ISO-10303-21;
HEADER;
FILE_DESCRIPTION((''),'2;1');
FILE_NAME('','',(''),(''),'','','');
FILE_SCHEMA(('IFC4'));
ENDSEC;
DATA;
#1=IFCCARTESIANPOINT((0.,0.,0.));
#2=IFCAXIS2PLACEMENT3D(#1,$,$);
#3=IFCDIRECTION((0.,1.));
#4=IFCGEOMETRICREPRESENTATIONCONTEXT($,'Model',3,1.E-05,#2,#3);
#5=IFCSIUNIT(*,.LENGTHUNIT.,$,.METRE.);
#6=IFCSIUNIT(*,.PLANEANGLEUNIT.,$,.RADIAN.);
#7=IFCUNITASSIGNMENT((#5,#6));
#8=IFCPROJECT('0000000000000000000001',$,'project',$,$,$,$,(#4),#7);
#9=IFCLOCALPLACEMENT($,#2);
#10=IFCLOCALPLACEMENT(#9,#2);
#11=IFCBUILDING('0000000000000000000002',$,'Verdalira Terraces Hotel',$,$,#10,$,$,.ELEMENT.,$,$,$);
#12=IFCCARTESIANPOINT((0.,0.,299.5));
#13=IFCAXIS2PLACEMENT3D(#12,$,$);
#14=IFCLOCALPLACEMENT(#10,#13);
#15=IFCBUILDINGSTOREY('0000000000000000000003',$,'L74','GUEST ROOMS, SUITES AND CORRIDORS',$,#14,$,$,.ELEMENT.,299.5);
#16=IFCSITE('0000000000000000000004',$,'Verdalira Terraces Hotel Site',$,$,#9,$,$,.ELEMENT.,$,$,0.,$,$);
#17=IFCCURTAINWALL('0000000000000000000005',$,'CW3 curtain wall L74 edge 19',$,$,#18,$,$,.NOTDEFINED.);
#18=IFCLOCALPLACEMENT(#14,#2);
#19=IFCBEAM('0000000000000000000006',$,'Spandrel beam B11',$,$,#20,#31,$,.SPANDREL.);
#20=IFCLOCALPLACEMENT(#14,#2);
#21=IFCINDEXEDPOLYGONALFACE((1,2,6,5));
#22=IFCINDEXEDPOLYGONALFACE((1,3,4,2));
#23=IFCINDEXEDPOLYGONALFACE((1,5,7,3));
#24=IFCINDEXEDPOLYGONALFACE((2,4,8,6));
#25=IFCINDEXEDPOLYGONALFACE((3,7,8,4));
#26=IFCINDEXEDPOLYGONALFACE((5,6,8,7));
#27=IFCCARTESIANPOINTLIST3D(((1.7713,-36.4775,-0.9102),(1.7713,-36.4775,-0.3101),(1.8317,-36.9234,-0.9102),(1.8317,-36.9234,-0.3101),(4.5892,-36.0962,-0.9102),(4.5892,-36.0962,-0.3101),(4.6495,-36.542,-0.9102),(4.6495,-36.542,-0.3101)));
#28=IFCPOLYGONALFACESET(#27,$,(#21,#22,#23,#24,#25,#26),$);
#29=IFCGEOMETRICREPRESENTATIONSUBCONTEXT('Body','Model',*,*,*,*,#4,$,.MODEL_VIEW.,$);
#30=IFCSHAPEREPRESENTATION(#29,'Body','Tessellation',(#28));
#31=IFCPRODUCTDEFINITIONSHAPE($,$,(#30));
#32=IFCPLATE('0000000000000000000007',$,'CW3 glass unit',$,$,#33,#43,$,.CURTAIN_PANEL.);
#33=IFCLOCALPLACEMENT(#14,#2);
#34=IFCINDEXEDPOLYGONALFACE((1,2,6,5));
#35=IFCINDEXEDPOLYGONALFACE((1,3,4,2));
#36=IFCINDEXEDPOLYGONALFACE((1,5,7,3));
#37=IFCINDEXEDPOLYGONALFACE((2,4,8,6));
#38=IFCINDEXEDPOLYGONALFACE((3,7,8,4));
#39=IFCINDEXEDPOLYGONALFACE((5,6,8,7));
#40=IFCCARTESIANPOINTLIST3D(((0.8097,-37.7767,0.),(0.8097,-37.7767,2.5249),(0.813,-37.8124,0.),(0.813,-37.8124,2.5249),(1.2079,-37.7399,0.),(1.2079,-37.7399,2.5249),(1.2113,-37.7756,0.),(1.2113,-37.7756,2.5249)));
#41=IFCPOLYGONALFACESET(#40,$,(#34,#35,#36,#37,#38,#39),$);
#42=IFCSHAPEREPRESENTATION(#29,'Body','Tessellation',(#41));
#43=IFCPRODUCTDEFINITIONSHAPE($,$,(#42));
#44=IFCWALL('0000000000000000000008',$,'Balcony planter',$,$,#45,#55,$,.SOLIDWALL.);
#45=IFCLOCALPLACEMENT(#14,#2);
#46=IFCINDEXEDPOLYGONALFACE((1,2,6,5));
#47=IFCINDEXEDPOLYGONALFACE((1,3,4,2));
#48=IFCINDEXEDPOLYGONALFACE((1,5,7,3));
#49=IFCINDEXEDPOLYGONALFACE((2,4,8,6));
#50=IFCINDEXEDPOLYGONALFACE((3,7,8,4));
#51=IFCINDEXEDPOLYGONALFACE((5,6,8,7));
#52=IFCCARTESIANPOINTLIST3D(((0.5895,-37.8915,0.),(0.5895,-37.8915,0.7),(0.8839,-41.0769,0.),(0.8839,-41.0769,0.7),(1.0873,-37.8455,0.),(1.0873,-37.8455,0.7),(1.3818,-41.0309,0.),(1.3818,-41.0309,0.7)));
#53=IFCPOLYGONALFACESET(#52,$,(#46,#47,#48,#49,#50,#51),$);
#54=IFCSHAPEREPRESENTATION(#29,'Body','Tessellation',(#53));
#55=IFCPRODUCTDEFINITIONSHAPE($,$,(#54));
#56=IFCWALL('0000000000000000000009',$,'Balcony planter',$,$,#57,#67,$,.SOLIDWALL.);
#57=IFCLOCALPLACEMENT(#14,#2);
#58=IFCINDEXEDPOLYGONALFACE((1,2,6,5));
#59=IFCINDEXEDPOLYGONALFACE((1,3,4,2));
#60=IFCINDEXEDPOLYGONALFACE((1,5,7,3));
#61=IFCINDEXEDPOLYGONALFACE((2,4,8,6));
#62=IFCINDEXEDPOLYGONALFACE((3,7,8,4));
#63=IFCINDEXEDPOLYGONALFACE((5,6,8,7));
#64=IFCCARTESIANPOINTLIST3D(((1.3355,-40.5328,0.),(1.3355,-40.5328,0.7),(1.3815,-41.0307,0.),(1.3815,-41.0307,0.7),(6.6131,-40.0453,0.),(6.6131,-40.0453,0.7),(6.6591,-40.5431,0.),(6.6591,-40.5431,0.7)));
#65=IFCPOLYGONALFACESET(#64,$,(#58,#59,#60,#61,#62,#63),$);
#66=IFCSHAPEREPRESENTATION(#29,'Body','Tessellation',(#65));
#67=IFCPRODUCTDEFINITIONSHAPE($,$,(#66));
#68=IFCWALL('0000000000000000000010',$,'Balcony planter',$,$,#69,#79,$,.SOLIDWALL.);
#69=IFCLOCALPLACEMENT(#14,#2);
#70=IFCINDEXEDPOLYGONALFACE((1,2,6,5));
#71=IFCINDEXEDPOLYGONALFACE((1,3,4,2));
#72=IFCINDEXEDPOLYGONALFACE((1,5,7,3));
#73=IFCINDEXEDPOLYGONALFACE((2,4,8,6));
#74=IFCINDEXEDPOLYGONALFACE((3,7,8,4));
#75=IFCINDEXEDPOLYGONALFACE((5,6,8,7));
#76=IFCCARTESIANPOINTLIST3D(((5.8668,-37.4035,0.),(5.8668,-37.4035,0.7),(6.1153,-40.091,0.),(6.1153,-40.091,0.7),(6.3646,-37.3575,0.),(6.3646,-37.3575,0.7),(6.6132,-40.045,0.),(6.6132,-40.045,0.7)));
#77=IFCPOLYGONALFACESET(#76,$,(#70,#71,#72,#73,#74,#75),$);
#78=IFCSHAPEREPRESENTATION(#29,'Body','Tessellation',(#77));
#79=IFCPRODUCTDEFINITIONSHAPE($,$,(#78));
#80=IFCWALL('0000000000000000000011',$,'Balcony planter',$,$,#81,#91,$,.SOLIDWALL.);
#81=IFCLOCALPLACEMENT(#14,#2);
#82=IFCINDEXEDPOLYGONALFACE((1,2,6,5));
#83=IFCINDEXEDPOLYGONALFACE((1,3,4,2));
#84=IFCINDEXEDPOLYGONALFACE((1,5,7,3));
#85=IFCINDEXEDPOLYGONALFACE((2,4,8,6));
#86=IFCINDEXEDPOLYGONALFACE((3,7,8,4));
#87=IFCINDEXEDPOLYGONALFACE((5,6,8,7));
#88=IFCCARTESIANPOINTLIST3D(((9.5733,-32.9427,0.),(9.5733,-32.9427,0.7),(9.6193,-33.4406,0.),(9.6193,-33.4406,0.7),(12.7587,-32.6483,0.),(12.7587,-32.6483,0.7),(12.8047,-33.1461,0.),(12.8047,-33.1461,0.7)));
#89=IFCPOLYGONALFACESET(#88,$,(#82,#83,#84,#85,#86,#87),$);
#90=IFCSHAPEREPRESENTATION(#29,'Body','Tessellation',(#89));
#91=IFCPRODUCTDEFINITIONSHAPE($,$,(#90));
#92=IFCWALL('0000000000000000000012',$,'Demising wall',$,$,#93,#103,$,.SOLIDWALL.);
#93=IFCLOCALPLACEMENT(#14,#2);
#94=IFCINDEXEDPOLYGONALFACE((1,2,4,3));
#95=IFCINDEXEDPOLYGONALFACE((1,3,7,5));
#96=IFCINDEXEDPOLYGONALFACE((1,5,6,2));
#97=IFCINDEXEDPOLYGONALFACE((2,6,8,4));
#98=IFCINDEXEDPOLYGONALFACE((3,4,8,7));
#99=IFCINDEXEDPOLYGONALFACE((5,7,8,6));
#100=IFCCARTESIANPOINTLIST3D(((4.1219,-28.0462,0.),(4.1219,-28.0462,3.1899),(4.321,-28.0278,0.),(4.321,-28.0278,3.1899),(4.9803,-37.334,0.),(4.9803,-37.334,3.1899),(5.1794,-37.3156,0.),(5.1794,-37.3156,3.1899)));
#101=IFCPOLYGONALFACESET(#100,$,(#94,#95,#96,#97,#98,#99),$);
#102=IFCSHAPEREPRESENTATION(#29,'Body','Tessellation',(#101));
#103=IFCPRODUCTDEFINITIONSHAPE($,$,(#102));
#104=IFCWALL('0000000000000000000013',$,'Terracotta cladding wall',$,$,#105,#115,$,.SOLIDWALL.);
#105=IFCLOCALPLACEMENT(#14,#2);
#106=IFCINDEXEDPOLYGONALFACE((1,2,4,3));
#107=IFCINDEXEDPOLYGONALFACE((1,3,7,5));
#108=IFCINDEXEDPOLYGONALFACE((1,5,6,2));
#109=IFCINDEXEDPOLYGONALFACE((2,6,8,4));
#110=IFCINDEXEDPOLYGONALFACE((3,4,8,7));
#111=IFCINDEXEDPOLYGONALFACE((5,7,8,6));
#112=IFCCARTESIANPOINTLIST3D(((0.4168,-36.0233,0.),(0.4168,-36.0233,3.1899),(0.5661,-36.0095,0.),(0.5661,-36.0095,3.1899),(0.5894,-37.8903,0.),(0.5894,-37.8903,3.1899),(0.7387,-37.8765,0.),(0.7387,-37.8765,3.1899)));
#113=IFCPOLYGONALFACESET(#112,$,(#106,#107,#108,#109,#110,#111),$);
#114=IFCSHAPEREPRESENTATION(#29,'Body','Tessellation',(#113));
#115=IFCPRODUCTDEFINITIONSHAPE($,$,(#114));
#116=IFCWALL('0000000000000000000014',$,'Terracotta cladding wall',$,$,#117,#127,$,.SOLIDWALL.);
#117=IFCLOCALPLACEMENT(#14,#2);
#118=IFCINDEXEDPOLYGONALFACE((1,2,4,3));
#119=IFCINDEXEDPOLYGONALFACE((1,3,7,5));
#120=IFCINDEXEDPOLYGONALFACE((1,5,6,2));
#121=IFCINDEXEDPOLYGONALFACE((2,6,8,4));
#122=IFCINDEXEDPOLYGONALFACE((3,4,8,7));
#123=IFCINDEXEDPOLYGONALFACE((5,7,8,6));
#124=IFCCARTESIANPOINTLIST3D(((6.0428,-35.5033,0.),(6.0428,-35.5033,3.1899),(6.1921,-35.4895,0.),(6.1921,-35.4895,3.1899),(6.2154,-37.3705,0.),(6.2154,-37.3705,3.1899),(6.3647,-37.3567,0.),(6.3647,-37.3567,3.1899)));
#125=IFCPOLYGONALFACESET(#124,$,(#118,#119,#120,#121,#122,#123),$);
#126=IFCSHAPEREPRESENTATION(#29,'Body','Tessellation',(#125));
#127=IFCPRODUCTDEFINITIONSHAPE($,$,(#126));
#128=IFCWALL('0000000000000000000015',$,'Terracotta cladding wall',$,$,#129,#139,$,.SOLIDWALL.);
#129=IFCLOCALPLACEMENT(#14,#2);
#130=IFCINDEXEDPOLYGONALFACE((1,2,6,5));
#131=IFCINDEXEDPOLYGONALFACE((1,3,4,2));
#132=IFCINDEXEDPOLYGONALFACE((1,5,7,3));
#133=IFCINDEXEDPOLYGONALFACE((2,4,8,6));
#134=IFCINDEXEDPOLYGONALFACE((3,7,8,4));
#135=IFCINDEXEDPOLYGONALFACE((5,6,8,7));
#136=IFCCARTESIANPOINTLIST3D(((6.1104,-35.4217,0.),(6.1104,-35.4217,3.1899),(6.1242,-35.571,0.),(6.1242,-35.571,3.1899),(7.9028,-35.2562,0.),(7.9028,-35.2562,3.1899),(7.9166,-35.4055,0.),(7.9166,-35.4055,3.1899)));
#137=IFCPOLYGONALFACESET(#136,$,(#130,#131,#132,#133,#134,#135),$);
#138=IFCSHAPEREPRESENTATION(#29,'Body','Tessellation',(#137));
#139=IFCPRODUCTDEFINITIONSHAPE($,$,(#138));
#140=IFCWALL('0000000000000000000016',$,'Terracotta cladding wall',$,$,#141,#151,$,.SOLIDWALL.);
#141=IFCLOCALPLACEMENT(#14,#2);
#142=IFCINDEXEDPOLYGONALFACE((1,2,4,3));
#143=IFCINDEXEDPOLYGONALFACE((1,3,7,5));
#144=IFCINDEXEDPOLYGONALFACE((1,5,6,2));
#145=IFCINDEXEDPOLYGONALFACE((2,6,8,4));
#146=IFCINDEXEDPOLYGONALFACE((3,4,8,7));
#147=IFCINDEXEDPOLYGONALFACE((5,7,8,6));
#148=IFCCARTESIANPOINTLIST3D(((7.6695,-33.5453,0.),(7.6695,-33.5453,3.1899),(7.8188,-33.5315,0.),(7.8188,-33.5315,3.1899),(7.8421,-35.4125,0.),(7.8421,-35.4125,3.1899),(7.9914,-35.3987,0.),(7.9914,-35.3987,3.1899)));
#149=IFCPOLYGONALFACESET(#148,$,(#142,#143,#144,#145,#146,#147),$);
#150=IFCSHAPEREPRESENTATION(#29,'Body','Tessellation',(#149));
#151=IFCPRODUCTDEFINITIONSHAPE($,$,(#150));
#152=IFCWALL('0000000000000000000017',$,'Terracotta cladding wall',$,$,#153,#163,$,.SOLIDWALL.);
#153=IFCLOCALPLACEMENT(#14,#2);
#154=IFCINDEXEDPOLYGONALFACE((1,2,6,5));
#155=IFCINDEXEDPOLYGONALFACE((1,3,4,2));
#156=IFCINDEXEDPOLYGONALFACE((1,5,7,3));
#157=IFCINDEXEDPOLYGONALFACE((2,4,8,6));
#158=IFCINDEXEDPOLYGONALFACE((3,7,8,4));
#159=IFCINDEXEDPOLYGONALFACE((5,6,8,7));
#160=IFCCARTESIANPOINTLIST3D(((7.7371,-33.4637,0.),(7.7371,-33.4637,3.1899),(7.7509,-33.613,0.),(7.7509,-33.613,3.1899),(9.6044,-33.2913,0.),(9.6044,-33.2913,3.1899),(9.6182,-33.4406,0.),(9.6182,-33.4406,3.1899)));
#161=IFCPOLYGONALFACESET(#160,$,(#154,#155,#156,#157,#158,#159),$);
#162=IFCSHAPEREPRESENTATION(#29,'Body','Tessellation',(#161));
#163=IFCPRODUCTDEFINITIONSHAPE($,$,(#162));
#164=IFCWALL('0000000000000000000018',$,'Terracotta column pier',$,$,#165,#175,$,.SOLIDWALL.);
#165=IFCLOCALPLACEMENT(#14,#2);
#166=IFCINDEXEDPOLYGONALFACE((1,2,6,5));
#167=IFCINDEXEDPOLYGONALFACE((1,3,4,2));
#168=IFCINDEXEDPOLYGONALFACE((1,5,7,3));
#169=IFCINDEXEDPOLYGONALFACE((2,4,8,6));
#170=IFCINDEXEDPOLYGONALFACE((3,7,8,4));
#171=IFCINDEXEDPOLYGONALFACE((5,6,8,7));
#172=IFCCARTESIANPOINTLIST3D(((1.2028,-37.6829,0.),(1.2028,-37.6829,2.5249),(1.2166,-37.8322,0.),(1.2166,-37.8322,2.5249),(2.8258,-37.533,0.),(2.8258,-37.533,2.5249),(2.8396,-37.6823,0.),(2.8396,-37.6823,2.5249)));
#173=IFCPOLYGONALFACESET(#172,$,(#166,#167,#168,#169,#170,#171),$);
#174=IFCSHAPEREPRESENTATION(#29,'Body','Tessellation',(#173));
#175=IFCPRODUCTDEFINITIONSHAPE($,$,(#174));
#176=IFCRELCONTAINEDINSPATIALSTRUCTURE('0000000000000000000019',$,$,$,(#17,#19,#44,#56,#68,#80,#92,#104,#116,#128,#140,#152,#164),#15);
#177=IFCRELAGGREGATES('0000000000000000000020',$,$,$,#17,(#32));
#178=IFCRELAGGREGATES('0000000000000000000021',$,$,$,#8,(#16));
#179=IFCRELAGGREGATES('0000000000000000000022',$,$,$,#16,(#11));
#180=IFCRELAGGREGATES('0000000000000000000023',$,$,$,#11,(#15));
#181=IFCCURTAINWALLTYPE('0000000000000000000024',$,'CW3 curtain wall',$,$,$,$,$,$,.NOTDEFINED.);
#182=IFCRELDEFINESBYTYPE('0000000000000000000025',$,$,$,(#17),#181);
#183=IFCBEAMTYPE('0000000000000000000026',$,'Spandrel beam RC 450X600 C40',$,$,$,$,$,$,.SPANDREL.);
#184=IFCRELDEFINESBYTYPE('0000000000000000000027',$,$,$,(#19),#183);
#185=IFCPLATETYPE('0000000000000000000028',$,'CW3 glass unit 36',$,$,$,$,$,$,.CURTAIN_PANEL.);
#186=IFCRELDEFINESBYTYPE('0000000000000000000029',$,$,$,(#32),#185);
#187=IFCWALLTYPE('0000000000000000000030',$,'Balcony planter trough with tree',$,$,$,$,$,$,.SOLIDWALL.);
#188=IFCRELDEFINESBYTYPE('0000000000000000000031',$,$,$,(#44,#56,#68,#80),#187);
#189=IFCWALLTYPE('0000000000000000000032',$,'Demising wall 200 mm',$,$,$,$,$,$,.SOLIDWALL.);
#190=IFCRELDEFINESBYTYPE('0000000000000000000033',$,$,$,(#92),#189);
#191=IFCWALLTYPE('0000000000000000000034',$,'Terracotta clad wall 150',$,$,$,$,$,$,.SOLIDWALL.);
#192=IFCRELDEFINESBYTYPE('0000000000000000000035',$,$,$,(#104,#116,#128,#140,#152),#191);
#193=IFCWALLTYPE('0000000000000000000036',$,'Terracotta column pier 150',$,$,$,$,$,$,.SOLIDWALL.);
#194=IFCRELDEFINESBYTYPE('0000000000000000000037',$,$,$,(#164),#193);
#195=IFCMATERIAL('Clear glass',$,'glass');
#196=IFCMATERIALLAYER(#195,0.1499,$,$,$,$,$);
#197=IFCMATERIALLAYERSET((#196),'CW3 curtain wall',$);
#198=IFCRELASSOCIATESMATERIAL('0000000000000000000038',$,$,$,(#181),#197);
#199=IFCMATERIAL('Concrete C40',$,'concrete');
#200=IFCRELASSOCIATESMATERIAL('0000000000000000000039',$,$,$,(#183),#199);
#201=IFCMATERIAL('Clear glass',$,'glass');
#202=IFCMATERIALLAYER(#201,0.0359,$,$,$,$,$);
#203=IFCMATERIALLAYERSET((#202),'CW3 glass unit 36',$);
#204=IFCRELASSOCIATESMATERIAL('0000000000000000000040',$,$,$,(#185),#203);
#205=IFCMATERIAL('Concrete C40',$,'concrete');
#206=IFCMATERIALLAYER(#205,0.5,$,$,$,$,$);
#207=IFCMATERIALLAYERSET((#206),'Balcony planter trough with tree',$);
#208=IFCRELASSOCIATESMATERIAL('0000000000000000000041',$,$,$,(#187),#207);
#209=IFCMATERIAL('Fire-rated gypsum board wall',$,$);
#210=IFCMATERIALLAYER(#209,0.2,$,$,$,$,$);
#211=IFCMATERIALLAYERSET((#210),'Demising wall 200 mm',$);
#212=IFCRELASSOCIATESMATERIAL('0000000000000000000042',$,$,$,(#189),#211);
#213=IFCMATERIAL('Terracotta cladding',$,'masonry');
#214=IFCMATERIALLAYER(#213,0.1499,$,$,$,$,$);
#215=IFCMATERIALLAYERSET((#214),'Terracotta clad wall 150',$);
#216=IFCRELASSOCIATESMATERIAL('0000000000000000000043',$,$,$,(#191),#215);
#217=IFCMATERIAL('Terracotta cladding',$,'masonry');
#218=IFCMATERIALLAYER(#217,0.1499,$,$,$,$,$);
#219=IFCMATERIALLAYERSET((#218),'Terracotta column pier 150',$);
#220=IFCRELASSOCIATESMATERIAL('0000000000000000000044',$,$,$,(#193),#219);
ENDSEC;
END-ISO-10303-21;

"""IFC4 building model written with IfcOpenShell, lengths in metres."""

from ifc_helpers import new_model, si_unit, direction, frame, frame_2d, origin, origin_2d, place, context, subcontext, project, spatial, rectangle, extrude, material, layer, layer_set, material_profile, profile_set, type_object, element, aggregate, save


model = new_model("IFC4")

# Units and contexts
model_context = context("Model", 3, precision=1e-05, world=origin(), true_north=direction((0.0, 1.0)))
body_context = subcontext(model_context, "Body", "Model", "MODEL_VIEW")
ifc_project = project(units=[si_unit("LENGTHUNIT", "METRE"), si_unit("PLANEANGLEUNIT", "RADIAN")], contexts=[model_context])

# Site, building, storey
site_placement = place(None, origin())
site = spatial("IfcSite", under=ifc_project, at=site_placement, Name="Verdalira Terraces Hotel Site", CompositionType="ELEMENT", RefElevation=0.0)
building_placement = place(site_placement, origin())
building = spatial("IfcBuilding", under=site, at=building_placement, Name="Verdalira Terraces Hotel", CompositionType="ELEMENT")
storey_placement = place(building_placement, frame((0.0, 0.0, 299.5)))
storey = spatial("IfcBuildingStorey", under=building, at=storey_placement, Name="L74", Description="GUEST ROOMS, SUITES AND CORRIDORS", CompositionType="ELEMENT", Elevation=299.5)

# Curtain wall
ifc_material_1 = material(Name="Clear glass", Category="glass")
ifc_layer_1 = layer(ifc_material_1, 0.1499)
ifc_layer_set_1 = layer_set([ifc_layer_1], Name="CW3 curtain wall")
curtain_wall_type_1 = type_object("IfcCurtainWallType", Name="CW3 curtain wall", PredefinedType="NOTDEFINED", material=ifc_layer_set_1)
curtain_wall_1_placement = place(storey_placement, origin())
curtain_wall_1 = element("IfcCurtainWall", 1, at=curtain_wall_1_placement, inside=storey, type_object=curtain_wall_type_1, Name="CW3 curtain wall L74 edge 19", PredefinedType="NOTDEFINED")

# Beam
ifc_material_2 = material(Name="Concrete C40", Category="concrete")
ifc_material_profile_1 = material_profile(ifc_material_2, rectangle(XDim=0.45, YDim=0.6001, at=origin_2d()), Name="RC 450X600")
ifc_profile_set_1 = profile_set([ifc_material_profile_1], Name="Concrete C40")
beam_type_1 = type_object("IfcBeamType", Name="Spandrel beam RC 450X600 C40", PredefinedType="SPANDREL", material=ifc_profile_set_1)
beam_1_placement = place(storey_placement, frame((1.8015, -36.7004, -0.6101), z_axis=(0.990967, 0.134109, 0.0), x_axis=(-0.134109, 0.990967, 0.0)))
element("IfcBeam", 2, at=beam_1_placement, inside=storey, type_object=beam_type_1, Name="Spandrel beam B11", PredefinedType="SPANDREL", context=body_context, shape_type="SweptSolid", body=[
    extrude(rectangle(XDim=0.45, YDim=0.6001, at=origin_2d()), origin(), (0.0, 0.0, 1.0), 2.8435),
])

# Plate
ifc_material_3 = material(Name="Clear glass", Category="glass")
ifc_layer_2 = layer(ifc_material_3, 0.0359)
ifc_layer_set_2 = layer_set([ifc_layer_2], Name="CW3 glass unit 36")
plate_type = type_object("IfcPlateType", Name="CW3 glass unit 36", PredefinedType="CURTAIN_PANEL", material=ifc_layer_set_2)
plate_placement = place(storey_placement, frame((1.0105, -37.7761, 0.0), z_axis=(0.0, 0.0, 1.0), x_axis=(0.995757, 0.092023, 0.0)))
plate = element("IfcPlate", 3, at=plate_placement, type_object=plate_type, Name="CW3 glass unit", PredefinedType="CURTAIN_PANEL", context=body_context, shape_type="SweptSolid", body=[
    extrude(rectangle(XDim=0.3999, YDim=0.0359, at=origin_2d()), origin(), (0.0, 0.0, 1.0), 2.5249),
])
aggregate(curtain_wall_1, [plate])

# Walls
ifc_material_4 = material(Name="Concrete C40", Category="concrete")
ifc_layer_3 = layer(ifc_material_4, 0.5)
ifc_layer_set_3 = layer_set([ifc_layer_3], Name="Balcony planter trough with tree")
wall_type_1 = type_object("IfcWallType", Name="Balcony planter trough with tree", PredefinedType="SOLIDWALL", material=ifc_layer_set_3)
wall_1_placement = place(storey_placement, frame((0.8384, -37.8684, 0.0), z_axis=(0.0, 0.0, 1.0), x_axis=(0.092043, -0.995755, 0.0)))
element("IfcWall", 4, at=wall_1_placement, inside=storey, type_object=wall_type_1, Name="Balcony planter", PredefinedType="SOLIDWALL", context=body_context, shape_type="SweptSolid", body=[
    extrude(rectangle(XDim=3.199, YDim=0.5, at=frame_2d((1.5996, 0.0))), origin(), (0.0, 0.0, 1.0), 0.7),
])
wall_2_placement = place(storey_placement, frame((1.3586, -40.7817, 0.0), z_axis=(0.0, 0.0, 1.0), x_axis=(0.99576, 0.091989, 0.0)))
element("IfcWall", 5, at=wall_2_placement, inside=storey, type_object=wall_type_1, Name="Balcony planter", PredefinedType="SOLIDWALL", context=body_context, shape_type="SweptSolid", body=[
    extrude(rectangle(XDim=5.3, YDim=0.5, at=frame_2d((2.6499, 0.0))), origin(), (0.0, 0.0, 1.0), 0.7),
])
wall_3_placement = place(storey_placement, frame((6.3643, -40.0681, 0.0), z_axis=(0.0, 0.0, 1.0), x_axis=(-0.092085, 0.995751, 0.0)))
element("IfcWall", 6, at=wall_3_placement, inside=storey, type_object=wall_type_1, Name="Balcony planter", PredefinedType="SOLIDWALL", context=body_context, shape_type="SweptSolid", body=[
    extrude(rectangle(XDim=2.699, YDim=0.5, at=frame_2d((1.3496, 0.0))), origin(), (0.0, 0.0, 1.0), 0.7),
])
wall_4_placement = place(storey_placement, frame((9.5962, -33.1917, 0.0), z_axis=(0.0, 0.0, 1.0), x_axis=(0.995755, 0.092043, 0.0)))
element("IfcWall", 7, at=wall_4_placement, inside=storey, type_object=wall_type_1, Name="Balcony planter", PredefinedType="SOLIDWALL", context=body_context, shape_type="SweptSolid", body=[
    extrude(rectangle(XDim=3.199, YDim=0.5, at=frame_2d((1.5996, 0.0))), origin(), (0.0, 0.0, 1.0), 0.7),
])
ifc_material_5 = material(Name="Fire-rated gypsum board wall")
ifc_layer_4 = layer(ifc_material_5, 0.2)
ifc_layer_set_4 = layer_set([ifc_layer_4], Name="Demising wall 200 mm")
wall_type_2 = type_object("IfcWallType", Name="Demising wall 200 mm", PredefinedType="SOLIDWALL", material=ifc_layer_set_4)
wall_5_placement = place(storey_placement, frame((5.0798, -37.3247, 0.0), z_axis=(0.0, 0.0, 1.0), x_axis=(-0.09203, 0.995756, 0.0)))
element("IfcWall", 8, at=wall_5_placement, inside=storey, type_object=wall_type_2, Name="Demising wall", PredefinedType="SOLIDWALL", context=body_context, shape_type="SweptSolid", body=[
    extrude(rectangle(XDim=9.3274, YDim=0.2, at=frame_2d((4.6636, 0.0))), origin(), (0.0, 0.0, 1.0), 3.1899),
])
ifc_material_6 = material(Name="Terracotta cladding", Category="masonry")
ifc_layer_5 = layer(ifc_material_6, 0.1499)
ifc_layer_set_5 = layer_set([ifc_layer_5], Name="Terracotta clad wall 150")
wall_type_3 = type_object("IfcWallType", Name="Terracotta clad wall 150", PredefinedType="SOLIDWALL", material=ifc_layer_set_5)
wall_6_placement = place(storey_placement, frame((0.4915, -36.0164, 0.0), z_axis=(0.0, 0.0, 1.0), x_axis=(0.092062, -0.995753, 0.0)))
element("IfcWall", 9, at=wall_6_placement, inside=storey, type_object=wall_type_3, Name="Terracotta cladding wall", PredefinedType="SOLIDWALL", context=body_context, shape_type="SweptSolid", body=[
    extrude(rectangle(XDim=1.875, YDim=0.1499, at=frame_2d((0.9375, 0.0))), origin(), (0.0, 0.0, 1.0), 3.1899),
])
wall_7_placement = place(storey_placement, frame((6.29, -37.3635, 0.0), z_axis=(0.0, 0.0, 1.0), x_axis=(-0.09205, 0.995754, 0.0)))
element("IfcWall", 10, at=wall_7_placement, inside=storey, type_object=wall_type_3, Name="Terracotta cladding wall", PredefinedType="SOLIDWALL", context=body_context, shape_type="SweptSolid", body=[
    extrude(rectangle(XDim=1.8752, YDim=0.1499, at=frame_2d((0.9375, 0.0))), origin(), (0.0, 0.0, 1.0), 3.1899),
])
wall_8_placement = place(storey_placement, frame((6.1174, -35.4963, 0.0), z_axis=(0.0, 0.0, 1.0), x_axis=(0.995763, 0.091954, 0.0)))
element("IfcWall", 11, at=wall_8_placement, inside=storey, type_object=wall_type_3, Name="Terracotta cladding wall", PredefinedType="SOLIDWALL", context=body_context, shape_type="SweptSolid", body=[
    extrude(rectangle(XDim=1.8, YDim=0.1499, at=frame_2d((0.8999, 0.0))), origin(), (0.0, 0.0, 1.0), 3.1899),
])
for number, where, z_axis, x_axis, name in (
    (12, (7.9167, -35.4055, 0.0), (0.0, 0.0, 1.0), (-0.09205, 0.995754, 0.0), "Terracotta cladding wall"),
    (13, (7.7441, -33.5383, 0.0), (0.0, 0.0, 1.0), (0.995766, 0.091921, 0.0), "Terracotta cladding wall"),
):
    element("IfcWall", number, at=place(storey_placement, frame(where, z_axis=z_axis, x_axis=x_axis)), inside=storey, type_object=wall_type_3, Name=name, PredefinedType="SOLIDWALL", context=body_context, shape_type="SweptSolid", body=[
        extrude(rectangle(XDim=1.8752, YDim=0.1499, at=frame_2d((0.9375, 0.0))), origin(), (0.0, 0.0, 1.0), 3.1899),
    ])
ifc_material_7 = material(Name="Terracotta cladding", Category="masonry")
ifc_layer_6 = layer(ifc_material_7, 0.1499)
ifc_layer_set_6 = layer_set([ifc_layer_6], Name="Terracotta column pier 150")
wall_type_4 = type_object("IfcWallType", Name="Terracotta column pier 150", PredefinedType="SOLIDWALL", material=ifc_layer_set_6)
wall_9_placement = place(storey_placement, frame((1.2097, -37.7576, 0.0), z_axis=(0.0, 0.0, 1.0), x_axis=(0.995762, 0.091967, 0.0)))
element("IfcWall", 14, at=wall_9_placement, inside=storey, type_object=wall_type_4, Name="Terracotta column pier", PredefinedType="SOLIDWALL", context=body_context, shape_type="SweptSolid", body=[
    extrude(rectangle(XDim=1.6299, YDim=0.1499, at=frame_2d((0.8149, 0.0))), origin(), (0.0, 0.0, 1.0), 2.5249),
])

save(model, "model.ifc")
